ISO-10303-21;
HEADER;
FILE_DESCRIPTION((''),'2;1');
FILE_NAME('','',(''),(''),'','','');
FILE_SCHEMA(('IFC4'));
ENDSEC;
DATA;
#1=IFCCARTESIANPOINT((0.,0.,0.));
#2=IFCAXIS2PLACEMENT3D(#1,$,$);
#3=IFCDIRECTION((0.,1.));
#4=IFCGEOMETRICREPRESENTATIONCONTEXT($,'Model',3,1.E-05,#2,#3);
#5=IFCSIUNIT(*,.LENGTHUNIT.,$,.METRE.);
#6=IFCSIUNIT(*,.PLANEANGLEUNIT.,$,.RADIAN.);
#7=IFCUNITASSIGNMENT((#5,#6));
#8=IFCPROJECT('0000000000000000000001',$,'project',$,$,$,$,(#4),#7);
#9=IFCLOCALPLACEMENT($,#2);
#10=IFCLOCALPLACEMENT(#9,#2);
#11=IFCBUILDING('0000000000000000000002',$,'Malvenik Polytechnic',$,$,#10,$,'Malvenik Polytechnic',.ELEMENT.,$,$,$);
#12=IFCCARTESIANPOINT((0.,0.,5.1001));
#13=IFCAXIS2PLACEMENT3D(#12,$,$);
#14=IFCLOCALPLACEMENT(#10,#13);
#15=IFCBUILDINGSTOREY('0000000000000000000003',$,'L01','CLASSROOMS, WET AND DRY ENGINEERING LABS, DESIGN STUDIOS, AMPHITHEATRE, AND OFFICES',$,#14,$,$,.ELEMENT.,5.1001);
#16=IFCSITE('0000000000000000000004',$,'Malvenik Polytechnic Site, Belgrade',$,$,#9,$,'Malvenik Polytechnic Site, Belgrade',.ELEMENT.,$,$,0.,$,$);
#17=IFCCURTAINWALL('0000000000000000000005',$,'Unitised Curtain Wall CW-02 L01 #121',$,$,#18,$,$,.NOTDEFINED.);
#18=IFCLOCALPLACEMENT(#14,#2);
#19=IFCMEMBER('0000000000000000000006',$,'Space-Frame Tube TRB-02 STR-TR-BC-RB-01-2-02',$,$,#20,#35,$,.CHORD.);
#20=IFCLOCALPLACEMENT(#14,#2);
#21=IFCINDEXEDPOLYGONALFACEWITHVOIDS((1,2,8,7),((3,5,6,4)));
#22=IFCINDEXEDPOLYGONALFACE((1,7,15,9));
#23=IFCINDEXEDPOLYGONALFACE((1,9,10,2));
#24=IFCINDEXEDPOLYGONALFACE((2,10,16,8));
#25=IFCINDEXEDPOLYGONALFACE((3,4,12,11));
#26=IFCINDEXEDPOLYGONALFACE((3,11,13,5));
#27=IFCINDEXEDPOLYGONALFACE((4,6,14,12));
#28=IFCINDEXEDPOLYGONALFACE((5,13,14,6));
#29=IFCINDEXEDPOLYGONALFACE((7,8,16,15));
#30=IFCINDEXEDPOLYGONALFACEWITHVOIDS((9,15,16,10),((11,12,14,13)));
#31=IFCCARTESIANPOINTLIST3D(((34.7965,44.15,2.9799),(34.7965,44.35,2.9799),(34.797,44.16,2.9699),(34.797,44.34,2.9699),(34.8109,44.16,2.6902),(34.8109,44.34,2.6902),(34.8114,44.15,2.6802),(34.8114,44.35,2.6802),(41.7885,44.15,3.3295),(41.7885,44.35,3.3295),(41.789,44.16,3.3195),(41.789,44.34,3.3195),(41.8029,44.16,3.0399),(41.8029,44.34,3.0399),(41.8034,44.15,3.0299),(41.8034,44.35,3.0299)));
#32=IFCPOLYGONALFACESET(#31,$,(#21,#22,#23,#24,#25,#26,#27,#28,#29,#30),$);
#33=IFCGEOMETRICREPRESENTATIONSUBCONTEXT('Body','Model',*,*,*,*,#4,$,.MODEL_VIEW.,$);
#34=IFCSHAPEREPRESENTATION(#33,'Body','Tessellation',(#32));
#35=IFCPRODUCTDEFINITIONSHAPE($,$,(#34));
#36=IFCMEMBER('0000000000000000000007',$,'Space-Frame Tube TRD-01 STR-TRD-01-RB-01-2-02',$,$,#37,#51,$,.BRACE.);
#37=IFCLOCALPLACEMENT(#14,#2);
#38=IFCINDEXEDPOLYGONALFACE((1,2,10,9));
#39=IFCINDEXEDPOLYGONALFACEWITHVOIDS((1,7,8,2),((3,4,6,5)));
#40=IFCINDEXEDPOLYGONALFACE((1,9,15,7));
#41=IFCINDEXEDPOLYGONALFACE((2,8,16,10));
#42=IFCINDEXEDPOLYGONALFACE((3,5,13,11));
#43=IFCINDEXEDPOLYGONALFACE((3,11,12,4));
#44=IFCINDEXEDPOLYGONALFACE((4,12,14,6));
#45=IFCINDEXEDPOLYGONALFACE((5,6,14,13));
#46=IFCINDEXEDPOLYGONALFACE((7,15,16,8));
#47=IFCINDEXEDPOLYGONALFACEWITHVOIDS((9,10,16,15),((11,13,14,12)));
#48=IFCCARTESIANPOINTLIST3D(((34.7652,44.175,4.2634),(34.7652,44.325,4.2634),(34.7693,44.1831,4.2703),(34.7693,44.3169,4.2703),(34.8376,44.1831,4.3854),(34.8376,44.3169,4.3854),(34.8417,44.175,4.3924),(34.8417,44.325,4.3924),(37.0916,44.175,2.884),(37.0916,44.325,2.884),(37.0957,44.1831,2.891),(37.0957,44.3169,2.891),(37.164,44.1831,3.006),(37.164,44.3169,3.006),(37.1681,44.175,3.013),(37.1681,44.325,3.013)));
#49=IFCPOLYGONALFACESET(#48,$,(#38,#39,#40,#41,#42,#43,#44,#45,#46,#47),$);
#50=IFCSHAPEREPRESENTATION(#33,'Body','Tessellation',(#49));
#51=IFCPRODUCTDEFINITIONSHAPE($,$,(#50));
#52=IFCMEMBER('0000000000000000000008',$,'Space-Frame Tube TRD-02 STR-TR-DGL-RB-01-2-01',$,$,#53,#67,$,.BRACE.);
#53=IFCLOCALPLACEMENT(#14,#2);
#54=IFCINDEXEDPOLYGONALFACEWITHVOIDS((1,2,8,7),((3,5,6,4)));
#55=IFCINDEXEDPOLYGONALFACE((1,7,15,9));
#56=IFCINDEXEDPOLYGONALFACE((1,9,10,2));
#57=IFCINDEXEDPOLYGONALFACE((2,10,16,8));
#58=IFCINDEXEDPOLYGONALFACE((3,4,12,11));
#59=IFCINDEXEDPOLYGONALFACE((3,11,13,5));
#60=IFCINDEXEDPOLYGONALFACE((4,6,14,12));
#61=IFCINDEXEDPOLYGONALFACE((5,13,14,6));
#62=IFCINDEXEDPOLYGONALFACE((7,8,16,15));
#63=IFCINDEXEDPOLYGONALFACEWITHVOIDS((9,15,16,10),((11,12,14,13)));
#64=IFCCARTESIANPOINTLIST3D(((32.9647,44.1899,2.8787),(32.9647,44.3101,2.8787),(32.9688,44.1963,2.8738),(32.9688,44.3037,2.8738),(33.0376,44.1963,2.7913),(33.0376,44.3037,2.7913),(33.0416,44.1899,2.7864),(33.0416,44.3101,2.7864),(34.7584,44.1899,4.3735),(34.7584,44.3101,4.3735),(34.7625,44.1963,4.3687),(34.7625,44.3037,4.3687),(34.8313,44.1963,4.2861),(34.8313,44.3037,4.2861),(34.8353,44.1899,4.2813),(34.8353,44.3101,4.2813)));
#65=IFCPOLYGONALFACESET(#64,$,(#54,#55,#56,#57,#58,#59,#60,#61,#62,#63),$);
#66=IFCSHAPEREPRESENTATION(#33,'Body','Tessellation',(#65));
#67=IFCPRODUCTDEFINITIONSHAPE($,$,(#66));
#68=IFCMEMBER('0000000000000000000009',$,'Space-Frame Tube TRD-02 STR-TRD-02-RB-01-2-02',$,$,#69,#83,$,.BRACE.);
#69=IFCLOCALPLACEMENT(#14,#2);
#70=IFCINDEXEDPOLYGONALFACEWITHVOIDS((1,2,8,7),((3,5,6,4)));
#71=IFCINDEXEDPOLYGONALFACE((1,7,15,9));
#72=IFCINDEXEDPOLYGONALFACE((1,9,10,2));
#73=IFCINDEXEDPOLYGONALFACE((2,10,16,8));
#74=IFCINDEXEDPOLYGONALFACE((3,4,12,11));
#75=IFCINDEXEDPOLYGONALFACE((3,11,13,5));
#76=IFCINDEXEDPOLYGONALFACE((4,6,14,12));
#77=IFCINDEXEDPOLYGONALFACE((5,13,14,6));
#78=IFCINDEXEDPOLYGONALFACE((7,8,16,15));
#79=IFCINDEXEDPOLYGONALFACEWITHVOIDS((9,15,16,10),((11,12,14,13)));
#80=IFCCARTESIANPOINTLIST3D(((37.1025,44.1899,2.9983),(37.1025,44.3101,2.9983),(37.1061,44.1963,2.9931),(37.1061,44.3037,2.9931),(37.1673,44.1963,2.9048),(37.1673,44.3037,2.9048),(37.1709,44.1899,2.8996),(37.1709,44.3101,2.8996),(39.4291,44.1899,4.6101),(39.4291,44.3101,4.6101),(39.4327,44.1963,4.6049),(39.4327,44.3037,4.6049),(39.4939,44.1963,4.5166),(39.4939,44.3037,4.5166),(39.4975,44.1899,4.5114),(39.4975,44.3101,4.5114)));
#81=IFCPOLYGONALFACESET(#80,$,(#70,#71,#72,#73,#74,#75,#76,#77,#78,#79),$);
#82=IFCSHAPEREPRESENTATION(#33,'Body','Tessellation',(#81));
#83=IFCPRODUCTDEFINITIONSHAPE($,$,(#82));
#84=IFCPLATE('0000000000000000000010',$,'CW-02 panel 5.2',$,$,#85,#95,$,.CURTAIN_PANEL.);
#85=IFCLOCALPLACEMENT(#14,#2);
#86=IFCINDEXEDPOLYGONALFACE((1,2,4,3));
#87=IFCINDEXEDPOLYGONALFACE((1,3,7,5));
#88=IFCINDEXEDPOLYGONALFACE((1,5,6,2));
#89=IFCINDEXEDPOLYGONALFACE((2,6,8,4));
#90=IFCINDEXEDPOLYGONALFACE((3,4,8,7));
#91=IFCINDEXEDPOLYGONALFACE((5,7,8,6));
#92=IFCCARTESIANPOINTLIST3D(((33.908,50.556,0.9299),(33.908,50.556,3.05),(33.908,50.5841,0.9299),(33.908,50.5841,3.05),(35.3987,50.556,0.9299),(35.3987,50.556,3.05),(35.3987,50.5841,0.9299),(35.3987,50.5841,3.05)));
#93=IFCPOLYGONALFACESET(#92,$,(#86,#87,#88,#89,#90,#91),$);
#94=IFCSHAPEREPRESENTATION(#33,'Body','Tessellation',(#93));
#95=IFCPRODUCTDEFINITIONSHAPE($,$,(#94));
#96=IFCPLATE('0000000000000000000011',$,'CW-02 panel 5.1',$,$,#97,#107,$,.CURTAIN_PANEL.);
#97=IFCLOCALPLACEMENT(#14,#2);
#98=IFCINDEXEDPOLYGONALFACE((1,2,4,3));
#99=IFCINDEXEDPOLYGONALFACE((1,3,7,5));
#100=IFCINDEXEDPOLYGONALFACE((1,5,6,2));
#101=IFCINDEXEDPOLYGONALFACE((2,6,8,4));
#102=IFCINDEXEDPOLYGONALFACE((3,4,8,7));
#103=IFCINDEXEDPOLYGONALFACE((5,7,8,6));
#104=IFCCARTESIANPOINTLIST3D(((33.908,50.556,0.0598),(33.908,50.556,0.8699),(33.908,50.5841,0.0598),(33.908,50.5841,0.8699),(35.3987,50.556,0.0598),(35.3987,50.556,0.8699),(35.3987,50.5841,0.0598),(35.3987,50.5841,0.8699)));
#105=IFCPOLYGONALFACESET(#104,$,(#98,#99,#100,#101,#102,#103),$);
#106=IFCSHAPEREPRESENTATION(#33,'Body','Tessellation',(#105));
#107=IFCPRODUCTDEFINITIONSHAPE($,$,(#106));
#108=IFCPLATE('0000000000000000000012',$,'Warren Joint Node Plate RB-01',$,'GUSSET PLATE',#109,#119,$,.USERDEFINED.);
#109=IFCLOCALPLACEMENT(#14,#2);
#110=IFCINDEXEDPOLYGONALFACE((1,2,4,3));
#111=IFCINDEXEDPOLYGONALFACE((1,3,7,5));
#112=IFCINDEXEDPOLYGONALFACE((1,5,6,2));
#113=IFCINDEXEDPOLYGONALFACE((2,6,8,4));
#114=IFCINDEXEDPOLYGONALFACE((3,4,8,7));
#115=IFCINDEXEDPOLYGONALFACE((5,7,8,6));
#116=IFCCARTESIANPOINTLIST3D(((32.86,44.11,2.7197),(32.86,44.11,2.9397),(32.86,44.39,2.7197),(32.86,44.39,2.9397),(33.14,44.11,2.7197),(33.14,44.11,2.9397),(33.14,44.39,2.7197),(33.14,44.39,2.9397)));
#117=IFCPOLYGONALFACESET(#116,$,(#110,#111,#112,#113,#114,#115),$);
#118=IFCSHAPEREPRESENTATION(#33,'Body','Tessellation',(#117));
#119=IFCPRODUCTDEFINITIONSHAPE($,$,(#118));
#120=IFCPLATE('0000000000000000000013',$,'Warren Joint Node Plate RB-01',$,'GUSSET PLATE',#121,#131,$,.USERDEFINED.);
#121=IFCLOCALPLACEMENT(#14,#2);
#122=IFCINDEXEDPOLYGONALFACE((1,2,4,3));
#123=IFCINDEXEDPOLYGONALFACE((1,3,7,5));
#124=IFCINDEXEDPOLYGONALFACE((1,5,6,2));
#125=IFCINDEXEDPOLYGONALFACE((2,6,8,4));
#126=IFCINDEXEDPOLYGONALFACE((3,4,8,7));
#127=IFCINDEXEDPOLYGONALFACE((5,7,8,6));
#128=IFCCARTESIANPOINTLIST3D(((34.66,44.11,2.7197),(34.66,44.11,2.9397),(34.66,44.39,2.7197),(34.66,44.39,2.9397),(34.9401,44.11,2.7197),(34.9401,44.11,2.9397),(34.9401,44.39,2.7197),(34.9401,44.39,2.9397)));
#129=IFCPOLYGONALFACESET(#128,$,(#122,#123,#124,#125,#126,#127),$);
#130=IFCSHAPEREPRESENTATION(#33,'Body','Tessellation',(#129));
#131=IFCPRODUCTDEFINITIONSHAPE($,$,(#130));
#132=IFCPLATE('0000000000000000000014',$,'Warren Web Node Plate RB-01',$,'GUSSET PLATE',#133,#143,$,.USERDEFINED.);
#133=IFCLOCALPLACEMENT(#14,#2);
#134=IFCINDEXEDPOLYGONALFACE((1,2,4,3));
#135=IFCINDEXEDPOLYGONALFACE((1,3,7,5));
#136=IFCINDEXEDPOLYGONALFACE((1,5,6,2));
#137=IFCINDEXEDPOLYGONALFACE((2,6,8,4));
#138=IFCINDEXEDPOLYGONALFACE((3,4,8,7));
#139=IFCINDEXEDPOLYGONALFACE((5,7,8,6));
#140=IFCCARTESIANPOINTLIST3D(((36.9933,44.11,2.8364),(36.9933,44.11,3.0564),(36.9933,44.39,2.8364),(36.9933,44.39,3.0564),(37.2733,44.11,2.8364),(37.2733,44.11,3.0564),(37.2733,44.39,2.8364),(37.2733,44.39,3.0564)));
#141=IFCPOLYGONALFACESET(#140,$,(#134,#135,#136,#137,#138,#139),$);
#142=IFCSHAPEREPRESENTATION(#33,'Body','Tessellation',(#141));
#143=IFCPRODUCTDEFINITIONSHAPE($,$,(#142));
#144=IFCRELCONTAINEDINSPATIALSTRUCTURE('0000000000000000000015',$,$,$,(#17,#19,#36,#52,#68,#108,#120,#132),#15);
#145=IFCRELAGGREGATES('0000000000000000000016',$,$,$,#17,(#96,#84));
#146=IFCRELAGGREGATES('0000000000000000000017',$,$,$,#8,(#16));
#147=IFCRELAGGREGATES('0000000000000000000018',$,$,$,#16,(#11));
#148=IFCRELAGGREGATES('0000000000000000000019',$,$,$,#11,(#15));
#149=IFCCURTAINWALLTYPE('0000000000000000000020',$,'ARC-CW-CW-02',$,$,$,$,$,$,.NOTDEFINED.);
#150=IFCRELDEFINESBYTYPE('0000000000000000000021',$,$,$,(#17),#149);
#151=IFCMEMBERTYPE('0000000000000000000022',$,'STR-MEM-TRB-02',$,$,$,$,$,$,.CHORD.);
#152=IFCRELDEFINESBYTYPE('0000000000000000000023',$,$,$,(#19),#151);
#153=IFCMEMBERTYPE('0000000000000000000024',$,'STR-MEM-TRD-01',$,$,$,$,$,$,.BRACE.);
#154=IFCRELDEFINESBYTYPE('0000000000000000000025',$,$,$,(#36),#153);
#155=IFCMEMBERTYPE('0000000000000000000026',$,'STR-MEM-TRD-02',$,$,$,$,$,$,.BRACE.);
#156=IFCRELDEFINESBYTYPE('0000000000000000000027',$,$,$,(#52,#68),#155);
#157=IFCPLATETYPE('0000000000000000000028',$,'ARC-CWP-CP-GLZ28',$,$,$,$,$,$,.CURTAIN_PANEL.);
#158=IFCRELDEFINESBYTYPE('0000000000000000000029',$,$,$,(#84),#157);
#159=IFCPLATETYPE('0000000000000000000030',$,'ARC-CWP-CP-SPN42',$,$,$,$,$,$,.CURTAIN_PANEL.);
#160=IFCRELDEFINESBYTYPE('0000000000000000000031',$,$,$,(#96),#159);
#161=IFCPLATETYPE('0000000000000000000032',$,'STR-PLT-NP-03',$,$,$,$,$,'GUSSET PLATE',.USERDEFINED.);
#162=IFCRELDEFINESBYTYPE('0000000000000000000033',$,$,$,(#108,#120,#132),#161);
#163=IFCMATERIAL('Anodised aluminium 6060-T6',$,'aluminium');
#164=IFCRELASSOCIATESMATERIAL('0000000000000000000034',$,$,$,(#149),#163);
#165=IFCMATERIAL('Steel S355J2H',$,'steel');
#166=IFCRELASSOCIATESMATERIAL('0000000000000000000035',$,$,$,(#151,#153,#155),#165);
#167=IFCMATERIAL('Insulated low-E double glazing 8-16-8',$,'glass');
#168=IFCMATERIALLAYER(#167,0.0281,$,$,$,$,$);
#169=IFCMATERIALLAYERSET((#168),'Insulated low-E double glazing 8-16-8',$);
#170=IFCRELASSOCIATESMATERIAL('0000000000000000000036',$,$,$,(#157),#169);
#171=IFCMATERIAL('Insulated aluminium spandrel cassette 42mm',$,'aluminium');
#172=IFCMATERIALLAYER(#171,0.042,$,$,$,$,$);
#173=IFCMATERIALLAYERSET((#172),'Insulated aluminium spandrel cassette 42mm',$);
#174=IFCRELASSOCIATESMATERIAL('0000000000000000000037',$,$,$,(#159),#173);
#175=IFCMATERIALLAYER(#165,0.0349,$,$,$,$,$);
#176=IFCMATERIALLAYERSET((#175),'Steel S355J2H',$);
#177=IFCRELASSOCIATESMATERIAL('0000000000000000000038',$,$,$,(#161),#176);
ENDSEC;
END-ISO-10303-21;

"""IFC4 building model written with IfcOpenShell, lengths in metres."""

from ifc_helpers import new_model, si_unit, direction, frame, origin, origin_2d, place, context, subcontext, project, spatial, rectangle, hollow_rectangle, extrude, material, layer, layer_set, material_profile, profile_set, type_object, element, aggregate, save


model = new_model("IFC4")

# Units and contexts
model_context = context("Model", 3, precision=1e-05, world=origin(), true_north=direction((0.0, 1.0)))
body_context = subcontext(model_context, "Body", "Model", "MODEL_VIEW")
ifc_project = project(units=[si_unit("LENGTHUNIT", "METRE"), si_unit("PLANEANGLEUNIT", "RADIAN")], contexts=[model_context])

# Site, building, storey
site_placement = place(None, origin())
site = spatial("IfcSite", under=ifc_project, at=site_placement, Name="Malvenik Polytechnic Site, Belgrade", LongName="Malvenik Polytechnic Site, Belgrade", CompositionType="ELEMENT", RefElevation=0.0)
building_placement = place(site_placement, origin())
building = spatial("IfcBuilding", under=site, at=building_placement, Name="Malvenik Polytechnic", LongName="Malvenik Polytechnic", CompositionType="ELEMENT")
storey_placement = place(building_placement, frame((0.0, 0.0, 5.1001)))
storey = spatial("IfcBuildingStorey", under=building, at=storey_placement, Name="L01", Description="CLASSROOMS, WET AND DRY ENGINEERING LABS, DESIGN STUDIOS, AMPHITHEATRE, AND OFFICES", CompositionType="ELEMENT", Elevation=5.1001)

# Shared definitions
ifc_material_1 = material(Name="Steel S355J2H", Category="steel")

# Curtain wall
ifc_material_2 = material(Name="Anodised aluminium 6060-T6", Category="aluminium")
curtain_wall_type = type_object("IfcCurtainWallType", Name="ARC-CW-CW-02", PredefinedType="NOTDEFINED", material=ifc_material_2)
curtain_wall_placement = place(storey_placement, origin())
curtain_wall = element("IfcCurtainWall", 1, at=curtain_wall_placement, inside=storey, type_object=curtain_wall_type, Name="Unitised Curtain Wall CW-02 L01 #121", PredefinedType="NOTDEFINED")

# Members
ifc_material_profile_1 = material_profile(ifc_material_1, hollow_rectangle(XDim=0.2, YDim=0.3, WallThickness=0.01, at=origin_2d()), Name="RHS 300x200x10.0")
ifc_profile_set_1 = profile_set([ifc_material_profile_1], Name="Steel S355J2H")
member_type_1 = type_object("IfcMemberType", Name="STR-MEM-TRB-02", PredefinedType="CHORD", material=ifc_profile_set_1)
member_1_placement = place(storey_placement, frame((34.804, 44.25, 2.8301), z_axis=(0.998752, 0.0, 0.049939), x_axis=(0.0, 1.0, 0.0)))
element("IfcMember", 2, at=member_1_placement, inside=storey, type_object=member_type_1, Name="Space-Frame Tube TRB-02 STR-TR-BC-RB-01-2-02", PredefinedType="CHORD", context=body_context, shape_type="SweptSolid", body=[
    extrude(hollow_rectangle(XDim=0.2, YDim=0.3, WallThickness=0.01, at=origin_2d()), origin(), (0.0, 0.0, 1.0), 7.0007),
])
ifc_material_profile_2 = material_profile(ifc_material_1, hollow_rectangle(XDim=0.1499, YDim=0.1499, WallThickness=0.0081, at=origin_2d()), Name="SHS 150x150x8.0")
ifc_profile_set_2 = profile_set([ifc_material_profile_2], Name="Steel S355J2H")
member_type_2 = type_object("IfcMemberType", Name="STR-MEM-TRD-01", PredefinedType="BRACE", material=ifc_profile_set_2)
member_2_placement = place(storey_placement, frame((34.8035, 44.25, 4.3279), z_axis=(0.860165, 0.0, -0.510015), x_axis=(0.0, 1.0, 0.0)))
element("IfcMember", 3, at=member_2_placement, inside=storey, type_object=member_type_2, Name="Space-Frame Tube TRD-01 STR-TRD-01-RB-01-2-02", PredefinedType="BRACE", context=body_context, shape_type="SweptSolid", body=[
    extrude(hollow_rectangle(XDim=0.1499, YDim=0.1499, WallThickness=0.0081, at=origin_2d()), origin(), (0.0, 0.0, 1.0), 2.7046),
])
ifc_material_profile_3 = material_profile(ifc_material_1, hollow_rectangle(XDim=0.1201, YDim=0.1201, WallThickness=0.0063, at=origin_2d()), Name="SHS 120x120x6.3")
ifc_profile_set_3 = profile_set([ifc_material_profile_3], Name="Steel S355J2H")
member_type_3 = type_object("IfcMemberType", Name="STR-MEM-TRD-02", PredefinedType="BRACE", material=ifc_profile_set_3)
member_3_placement = place(storey_placement, frame((33.0032, 44.25, 2.8325), z_axis=(0.768196, 0.0, 0.640215), x_axis=(0.0, 1.0, 0.0)))
element("IfcMember", 4, at=member_3_placement, inside=storey, type_object=member_type_3, Name="Space-Frame Tube TRD-02 STR-TR-DGL-RB-01-2-01", PredefinedType="BRACE", context=body_context, shape_type="SweptSolid", body=[
    extrude(hollow_rectangle(XDim=0.1201, YDim=0.1201, WallThickness=0.0063, at=origin_2d()), origin(), (0.0, 0.0, 1.0), 2.335),
])
member_4_placement = place(storey_placement, frame((37.1367, 44.25, 2.949), z_axis=(0.822018, 0.0, 0.569461), x_axis=(0.0, 1.0, 0.0)))
element("IfcMember", 5, at=member_4_placement, inside=storey, type_object=member_type_3, Name="Space-Frame Tube TRD-02 STR-TRD-02-RB-01-2-02", PredefinedType="BRACE", context=body_context, shape_type="SweptSolid", body=[
    extrude(hollow_rectangle(XDim=0.1201, YDim=0.1201, WallThickness=0.0063, at=origin_2d()), origin(), (0.0, 0.0, 1.0), 2.8303),
])

# Plates
ifc_material_3 = material(Name="Insulated low-E double glazing 8-16-8", Category="glass")
ifc_layer_1 = layer(ifc_material_3, 0.0281)
ifc_layer_set_1 = layer_set([ifc_layer_1], Name="Insulated low-E double glazing 8-16-8")
plate_type_1 = type_object("IfcPlateType", Name="ARC-CWP-CP-GLZ28", PredefinedType="CURTAIN_PANEL", material=ifc_layer_set_1)
plate_1_placement = place(storey_placement, frame((34.6533, 50.5701, 0.9299), z_axis=(0.0, 0.0, 1.0), x_axis=(-1.0, 0.0, 0.0)))
plate_1 = element("IfcPlate", 6, at=plate_1_placement, type_object=plate_type_1, Name="CW-02 panel 5.2", PredefinedType="CURTAIN_PANEL", context=body_context, shape_type="SweptSolid", body=[
    extrude(rectangle(XDim=1.4907, YDim=0.0281, at=origin_2d()), origin(), (0.0, 0.0, 1.0), 2.1201),
])
ifc_material_4 = material(Name="Insulated aluminium spandrel cassette 42mm", Category="aluminium")
ifc_layer_2 = layer(ifc_material_4, 0.042)
ifc_layer_set_2 = layer_set([ifc_layer_2], Name="Insulated aluminium spandrel cassette 42mm")
plate_type_2 = type_object("IfcPlateType", Name="ARC-CWP-CP-SPN42", PredefinedType="CURTAIN_PANEL", material=ifc_layer_set_2)
plate_2_placement = place(storey_placement, frame((34.6533, 50.5701, 0.0598), z_axis=(0.0, 0.0, 1.0), x_axis=(-1.0, 0.0, 0.0)))
plate_2 = element("IfcPlate", 7, at=plate_2_placement, type_object=plate_type_2, Name="CW-02 panel 5.1", PredefinedType="CURTAIN_PANEL", context=body_context, shape_type="SweptSolid", body=[
    extrude(rectangle(XDim=1.4907, YDim=0.0281, at=origin_2d()), origin(), (0.0, 0.0, 1.0), 0.8101),
])
aggregate(curtain_wall, [plate_2, plate_1])

# Plates
ifc_layer_3 = layer(ifc_material_1, 0.0349)
ifc_layer_set_3 = layer_set([ifc_layer_3], Name="Steel S355J2H")
plate_type_3 = type_object("IfcPlateType", Name="STR-PLT-NP-03", ElementType="GUSSET PLATE", PredefinedType="USERDEFINED", material=ifc_layer_set_3)
for number, where, z_axis, x_axis, name in (
    (8, (33.0, 44.25, 2.7197), (0.0, 0.0, 1.0), (1.0, 0.0, 0.0), "Warren Joint Node Plate RB-01"),
    (9, (34.8, 44.25, 2.7197), (0.0, 0.0, 1.0), (1.0, 0.0, 0.0), "Warren Joint Node Plate RB-01"),
    (10, (37.1333, 44.25, 2.8364), (0.0, 0.0, 1.0), (1.0, 0.0, 0.0), "Warren Web Node Plate RB-01"),
):
    element("IfcPlate", number, at=place(storey_placement, frame(where, z_axis=z_axis, x_axis=x_axis)), inside=storey, type_object=plate_type_3, Name=name, ObjectType="GUSSET PLATE", PredefinedType="USERDEFINED", context=body_context, shape_type="SweptSolid", body=[
        extrude(rectangle(XDim=0.28, YDim=0.28, at=origin_2d()), origin(), (0.0, 0.0, 1.0), 0.22),
    ])

save(model, "model.ifc")
